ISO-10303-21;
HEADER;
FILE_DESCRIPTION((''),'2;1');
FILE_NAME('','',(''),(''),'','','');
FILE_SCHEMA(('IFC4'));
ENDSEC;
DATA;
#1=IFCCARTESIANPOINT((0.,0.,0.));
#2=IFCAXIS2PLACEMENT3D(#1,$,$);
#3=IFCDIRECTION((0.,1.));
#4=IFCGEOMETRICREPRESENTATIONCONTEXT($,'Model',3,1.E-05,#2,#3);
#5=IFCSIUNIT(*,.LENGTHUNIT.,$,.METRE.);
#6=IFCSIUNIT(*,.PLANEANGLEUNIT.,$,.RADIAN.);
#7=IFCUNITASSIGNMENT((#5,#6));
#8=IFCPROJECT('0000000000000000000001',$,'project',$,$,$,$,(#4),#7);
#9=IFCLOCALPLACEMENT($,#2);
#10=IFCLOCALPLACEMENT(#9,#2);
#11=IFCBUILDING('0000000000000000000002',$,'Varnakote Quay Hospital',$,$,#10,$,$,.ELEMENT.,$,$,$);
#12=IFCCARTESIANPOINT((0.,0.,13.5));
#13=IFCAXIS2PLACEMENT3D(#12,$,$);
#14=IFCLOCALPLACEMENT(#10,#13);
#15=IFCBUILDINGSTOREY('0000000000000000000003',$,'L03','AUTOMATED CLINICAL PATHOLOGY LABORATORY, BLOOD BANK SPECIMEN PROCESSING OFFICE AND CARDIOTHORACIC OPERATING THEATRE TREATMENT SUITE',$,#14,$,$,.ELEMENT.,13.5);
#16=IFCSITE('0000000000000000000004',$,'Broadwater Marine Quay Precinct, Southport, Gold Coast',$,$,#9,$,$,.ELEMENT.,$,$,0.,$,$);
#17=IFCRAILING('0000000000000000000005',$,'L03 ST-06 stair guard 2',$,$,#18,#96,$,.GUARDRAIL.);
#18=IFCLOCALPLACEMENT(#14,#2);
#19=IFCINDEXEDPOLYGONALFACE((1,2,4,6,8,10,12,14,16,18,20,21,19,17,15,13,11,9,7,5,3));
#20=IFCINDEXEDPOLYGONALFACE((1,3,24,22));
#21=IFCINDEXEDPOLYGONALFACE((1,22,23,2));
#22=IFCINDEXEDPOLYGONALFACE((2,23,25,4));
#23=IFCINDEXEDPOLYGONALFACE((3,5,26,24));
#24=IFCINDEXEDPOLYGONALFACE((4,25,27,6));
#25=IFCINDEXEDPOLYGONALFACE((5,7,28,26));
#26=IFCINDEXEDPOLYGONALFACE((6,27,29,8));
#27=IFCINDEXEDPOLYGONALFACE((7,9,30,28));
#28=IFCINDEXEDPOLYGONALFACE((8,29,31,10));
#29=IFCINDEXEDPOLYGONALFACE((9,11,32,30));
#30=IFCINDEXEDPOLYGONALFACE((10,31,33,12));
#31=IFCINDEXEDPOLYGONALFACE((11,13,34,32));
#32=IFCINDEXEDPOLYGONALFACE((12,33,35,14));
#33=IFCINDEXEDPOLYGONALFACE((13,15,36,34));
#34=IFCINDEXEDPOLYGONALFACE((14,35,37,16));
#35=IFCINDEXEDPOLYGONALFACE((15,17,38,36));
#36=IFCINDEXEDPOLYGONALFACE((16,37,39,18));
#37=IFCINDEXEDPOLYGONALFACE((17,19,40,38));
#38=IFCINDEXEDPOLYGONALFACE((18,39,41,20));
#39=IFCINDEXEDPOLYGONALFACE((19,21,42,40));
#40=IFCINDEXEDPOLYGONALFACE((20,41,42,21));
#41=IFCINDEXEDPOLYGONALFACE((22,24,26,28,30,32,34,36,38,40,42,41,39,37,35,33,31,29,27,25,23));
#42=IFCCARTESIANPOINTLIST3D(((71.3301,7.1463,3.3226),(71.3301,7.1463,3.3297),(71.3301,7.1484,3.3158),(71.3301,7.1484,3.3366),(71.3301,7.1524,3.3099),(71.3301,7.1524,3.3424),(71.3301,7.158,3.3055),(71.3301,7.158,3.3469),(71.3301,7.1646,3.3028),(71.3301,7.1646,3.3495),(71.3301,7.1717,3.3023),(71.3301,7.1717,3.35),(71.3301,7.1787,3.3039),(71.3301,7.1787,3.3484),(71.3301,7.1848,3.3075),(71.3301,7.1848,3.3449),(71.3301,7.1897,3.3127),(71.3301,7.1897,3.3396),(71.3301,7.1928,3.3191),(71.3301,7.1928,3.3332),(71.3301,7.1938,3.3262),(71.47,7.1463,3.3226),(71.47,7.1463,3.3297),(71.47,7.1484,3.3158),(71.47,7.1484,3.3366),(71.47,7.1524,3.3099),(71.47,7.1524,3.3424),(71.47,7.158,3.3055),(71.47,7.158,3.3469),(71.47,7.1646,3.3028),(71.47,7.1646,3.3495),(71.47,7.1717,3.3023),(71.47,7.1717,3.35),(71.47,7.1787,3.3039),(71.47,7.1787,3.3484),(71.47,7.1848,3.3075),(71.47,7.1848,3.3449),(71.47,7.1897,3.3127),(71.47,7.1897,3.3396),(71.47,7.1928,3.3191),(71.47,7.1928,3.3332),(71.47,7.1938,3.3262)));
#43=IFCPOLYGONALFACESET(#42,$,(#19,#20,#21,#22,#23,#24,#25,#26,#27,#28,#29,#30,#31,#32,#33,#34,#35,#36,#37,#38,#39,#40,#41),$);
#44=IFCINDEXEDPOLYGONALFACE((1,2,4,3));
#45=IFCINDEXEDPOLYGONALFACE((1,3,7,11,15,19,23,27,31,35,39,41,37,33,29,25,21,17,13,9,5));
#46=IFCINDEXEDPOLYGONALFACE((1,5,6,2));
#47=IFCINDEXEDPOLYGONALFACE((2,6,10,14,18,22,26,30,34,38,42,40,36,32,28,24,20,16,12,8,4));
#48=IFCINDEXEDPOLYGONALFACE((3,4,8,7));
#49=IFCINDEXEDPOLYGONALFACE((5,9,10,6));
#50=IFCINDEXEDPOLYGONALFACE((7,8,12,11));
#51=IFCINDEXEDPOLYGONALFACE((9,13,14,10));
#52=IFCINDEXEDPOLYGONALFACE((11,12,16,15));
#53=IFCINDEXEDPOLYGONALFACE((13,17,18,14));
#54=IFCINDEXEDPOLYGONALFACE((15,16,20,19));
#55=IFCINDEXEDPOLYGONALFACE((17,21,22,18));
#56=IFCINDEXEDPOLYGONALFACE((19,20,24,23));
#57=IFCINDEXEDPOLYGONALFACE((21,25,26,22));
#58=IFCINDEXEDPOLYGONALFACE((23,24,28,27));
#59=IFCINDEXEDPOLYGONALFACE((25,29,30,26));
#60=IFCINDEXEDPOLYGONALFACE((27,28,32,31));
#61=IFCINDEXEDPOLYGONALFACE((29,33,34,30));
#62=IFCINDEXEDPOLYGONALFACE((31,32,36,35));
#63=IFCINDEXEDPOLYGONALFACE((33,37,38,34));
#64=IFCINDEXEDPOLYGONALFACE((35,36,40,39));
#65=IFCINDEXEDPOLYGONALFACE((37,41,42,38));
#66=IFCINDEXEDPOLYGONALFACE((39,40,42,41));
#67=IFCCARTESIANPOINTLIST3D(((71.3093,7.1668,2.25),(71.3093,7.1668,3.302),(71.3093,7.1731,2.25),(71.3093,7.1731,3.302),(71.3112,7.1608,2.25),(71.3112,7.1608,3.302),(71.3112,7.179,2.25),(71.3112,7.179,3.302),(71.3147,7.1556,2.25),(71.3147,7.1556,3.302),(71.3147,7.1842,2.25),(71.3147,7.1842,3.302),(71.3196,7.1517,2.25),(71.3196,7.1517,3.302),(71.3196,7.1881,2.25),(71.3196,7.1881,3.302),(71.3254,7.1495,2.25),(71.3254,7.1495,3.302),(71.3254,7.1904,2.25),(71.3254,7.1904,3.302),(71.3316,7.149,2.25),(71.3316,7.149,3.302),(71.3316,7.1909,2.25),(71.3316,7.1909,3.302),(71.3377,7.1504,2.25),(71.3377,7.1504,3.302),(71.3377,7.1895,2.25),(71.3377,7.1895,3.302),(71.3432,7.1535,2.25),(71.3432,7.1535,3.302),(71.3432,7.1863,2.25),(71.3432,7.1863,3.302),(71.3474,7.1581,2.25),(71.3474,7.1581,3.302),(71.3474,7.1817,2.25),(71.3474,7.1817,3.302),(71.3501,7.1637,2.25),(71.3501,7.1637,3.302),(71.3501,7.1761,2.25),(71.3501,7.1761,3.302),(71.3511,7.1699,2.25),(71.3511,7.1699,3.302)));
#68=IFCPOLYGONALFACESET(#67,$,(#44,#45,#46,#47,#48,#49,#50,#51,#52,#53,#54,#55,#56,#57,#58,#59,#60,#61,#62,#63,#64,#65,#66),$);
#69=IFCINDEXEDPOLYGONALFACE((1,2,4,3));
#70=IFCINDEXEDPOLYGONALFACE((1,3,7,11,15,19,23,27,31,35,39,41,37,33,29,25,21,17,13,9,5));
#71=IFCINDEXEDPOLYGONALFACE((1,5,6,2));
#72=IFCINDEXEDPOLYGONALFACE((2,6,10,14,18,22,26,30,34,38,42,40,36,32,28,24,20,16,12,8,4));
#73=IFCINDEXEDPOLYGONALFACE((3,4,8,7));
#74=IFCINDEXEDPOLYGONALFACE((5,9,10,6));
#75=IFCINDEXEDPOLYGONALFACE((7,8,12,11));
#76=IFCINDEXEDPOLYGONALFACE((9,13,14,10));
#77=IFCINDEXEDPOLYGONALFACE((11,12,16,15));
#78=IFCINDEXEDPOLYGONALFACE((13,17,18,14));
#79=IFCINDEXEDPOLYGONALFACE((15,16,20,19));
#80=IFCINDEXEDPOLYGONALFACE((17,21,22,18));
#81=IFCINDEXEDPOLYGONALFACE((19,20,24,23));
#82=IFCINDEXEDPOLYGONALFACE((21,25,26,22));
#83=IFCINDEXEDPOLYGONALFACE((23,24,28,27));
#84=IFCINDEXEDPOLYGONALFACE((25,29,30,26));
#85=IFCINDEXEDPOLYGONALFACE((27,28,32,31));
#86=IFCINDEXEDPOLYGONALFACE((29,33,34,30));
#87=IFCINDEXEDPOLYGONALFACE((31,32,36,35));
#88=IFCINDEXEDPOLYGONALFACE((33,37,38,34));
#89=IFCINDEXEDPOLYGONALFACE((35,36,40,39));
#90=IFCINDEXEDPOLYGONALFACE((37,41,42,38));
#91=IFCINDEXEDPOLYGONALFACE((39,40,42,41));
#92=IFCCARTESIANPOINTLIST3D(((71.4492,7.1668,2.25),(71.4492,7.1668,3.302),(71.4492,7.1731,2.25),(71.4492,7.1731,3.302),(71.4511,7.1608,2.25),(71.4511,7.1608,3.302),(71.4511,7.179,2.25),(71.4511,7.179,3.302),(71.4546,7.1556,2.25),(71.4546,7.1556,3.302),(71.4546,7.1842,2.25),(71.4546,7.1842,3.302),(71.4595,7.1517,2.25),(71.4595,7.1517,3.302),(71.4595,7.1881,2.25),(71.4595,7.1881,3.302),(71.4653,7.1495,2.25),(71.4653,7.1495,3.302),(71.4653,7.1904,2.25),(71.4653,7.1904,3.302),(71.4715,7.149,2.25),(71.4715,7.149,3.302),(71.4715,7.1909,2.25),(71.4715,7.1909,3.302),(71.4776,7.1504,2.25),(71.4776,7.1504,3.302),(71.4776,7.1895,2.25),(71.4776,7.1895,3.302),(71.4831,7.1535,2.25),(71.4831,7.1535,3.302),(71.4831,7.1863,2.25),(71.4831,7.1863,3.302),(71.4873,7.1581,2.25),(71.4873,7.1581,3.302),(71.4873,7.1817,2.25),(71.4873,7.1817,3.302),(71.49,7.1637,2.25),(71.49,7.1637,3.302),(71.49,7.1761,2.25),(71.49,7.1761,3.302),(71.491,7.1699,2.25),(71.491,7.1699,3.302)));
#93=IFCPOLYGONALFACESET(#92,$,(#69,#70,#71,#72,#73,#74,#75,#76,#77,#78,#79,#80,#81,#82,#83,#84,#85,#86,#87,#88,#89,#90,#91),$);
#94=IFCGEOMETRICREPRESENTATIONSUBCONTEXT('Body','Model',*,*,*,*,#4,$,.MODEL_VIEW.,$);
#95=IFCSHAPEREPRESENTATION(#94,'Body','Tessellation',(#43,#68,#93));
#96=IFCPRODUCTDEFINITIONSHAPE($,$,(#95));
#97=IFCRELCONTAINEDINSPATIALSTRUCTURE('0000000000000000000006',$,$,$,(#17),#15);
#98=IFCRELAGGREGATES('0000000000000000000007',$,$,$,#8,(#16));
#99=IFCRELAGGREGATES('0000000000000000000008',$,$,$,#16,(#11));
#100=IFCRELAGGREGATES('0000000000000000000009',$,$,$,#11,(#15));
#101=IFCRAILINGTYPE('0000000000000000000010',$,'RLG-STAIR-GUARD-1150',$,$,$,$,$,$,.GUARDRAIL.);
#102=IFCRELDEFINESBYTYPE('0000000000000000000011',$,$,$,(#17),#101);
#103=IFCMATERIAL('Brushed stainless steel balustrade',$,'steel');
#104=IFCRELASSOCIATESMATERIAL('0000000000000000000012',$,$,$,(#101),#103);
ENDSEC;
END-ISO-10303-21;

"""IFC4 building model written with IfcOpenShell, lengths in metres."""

from ifc_helpers import new_model, si_unit, direction, frame, origin, origin_2d, place, context, subcontext, project, spatial, circle, extrude, material, type_object, element, save


model = new_model("IFC4")

# Units and contexts
model_context = context("Model", 3, precision=1e-05, world=origin(), true_north=direction((0.0, 1.0)))
body_context = subcontext(model_context, "Body", "Model", "MODEL_VIEW")
ifc_project = project(units=[si_unit("LENGTHUNIT", "METRE"), si_unit("PLANEANGLEUNIT", "RADIAN")], contexts=[model_context])

# Site, building, storey
site_placement = place(None, origin())
site = spatial("IfcSite", under=ifc_project, at=site_placement, Name="Broadwater Marine Quay Precinct, Southport, Gold Coast", CompositionType="ELEMENT", RefElevation=0.0)
building_placement = place(site_placement, origin())
building = spatial("IfcBuilding", under=site, at=building_placement, Name="Varnakote Quay Hospital", CompositionType="ELEMENT")
storey_placement = place(building_placement, frame((0.0, 0.0, 13.5)))
storey = spatial("IfcBuildingStorey", under=building, at=storey_placement, Name="L03", Description="AUTOMATED CLINICAL PATHOLOGY LABORATORY, BLOOD BANK SPECIMEN PROCESSING OFFICE AND CARDIOTHORACIC OPERATING THEATRE TREATMENT SUITE", CompositionType="ELEMENT", Elevation=13.5)

# Railing
ifc_material_1 = material(Name="Brushed stainless steel balustrade", Category="steel")
railing_type_1 = type_object("IfcRailingType", Name="RLG-STAIR-GUARD-1150", PredefinedType="GUARDRAIL", material=ifc_material_1)
railing_1_placement = place(storey_placement, frame((71.3301, 7.1699, 2.25)))
element("IfcRailing", 1, at=railing_1_placement, inside=storey, type_object=railing_type_1, Name="L03 ST-06 stair guard 2", PredefinedType="GUARDRAIL", context=body_context, shape_type="SweptSolid", body=[
    extrude(circle(Radius=0.0239, at=origin_2d()), frame((0.0, 0.0, 1.0762), z_axis=(1.0, 0.0, 0.0), x_axis=(0.0, 1.0, 0.0)), (0.0, 0.0, 1.0), 0.1399),
    extrude(circle(Radius=0.021, at=origin_2d()), origin(), (0.0, 0.0, 1.0), 1.052),
    extrude(circle(Radius=0.021, at=origin_2d()), frame((0.1399, 0.0, 0.0)), (0.0, 0.0, 1.0), 1.052),
])

save(model, "model.ifc")
